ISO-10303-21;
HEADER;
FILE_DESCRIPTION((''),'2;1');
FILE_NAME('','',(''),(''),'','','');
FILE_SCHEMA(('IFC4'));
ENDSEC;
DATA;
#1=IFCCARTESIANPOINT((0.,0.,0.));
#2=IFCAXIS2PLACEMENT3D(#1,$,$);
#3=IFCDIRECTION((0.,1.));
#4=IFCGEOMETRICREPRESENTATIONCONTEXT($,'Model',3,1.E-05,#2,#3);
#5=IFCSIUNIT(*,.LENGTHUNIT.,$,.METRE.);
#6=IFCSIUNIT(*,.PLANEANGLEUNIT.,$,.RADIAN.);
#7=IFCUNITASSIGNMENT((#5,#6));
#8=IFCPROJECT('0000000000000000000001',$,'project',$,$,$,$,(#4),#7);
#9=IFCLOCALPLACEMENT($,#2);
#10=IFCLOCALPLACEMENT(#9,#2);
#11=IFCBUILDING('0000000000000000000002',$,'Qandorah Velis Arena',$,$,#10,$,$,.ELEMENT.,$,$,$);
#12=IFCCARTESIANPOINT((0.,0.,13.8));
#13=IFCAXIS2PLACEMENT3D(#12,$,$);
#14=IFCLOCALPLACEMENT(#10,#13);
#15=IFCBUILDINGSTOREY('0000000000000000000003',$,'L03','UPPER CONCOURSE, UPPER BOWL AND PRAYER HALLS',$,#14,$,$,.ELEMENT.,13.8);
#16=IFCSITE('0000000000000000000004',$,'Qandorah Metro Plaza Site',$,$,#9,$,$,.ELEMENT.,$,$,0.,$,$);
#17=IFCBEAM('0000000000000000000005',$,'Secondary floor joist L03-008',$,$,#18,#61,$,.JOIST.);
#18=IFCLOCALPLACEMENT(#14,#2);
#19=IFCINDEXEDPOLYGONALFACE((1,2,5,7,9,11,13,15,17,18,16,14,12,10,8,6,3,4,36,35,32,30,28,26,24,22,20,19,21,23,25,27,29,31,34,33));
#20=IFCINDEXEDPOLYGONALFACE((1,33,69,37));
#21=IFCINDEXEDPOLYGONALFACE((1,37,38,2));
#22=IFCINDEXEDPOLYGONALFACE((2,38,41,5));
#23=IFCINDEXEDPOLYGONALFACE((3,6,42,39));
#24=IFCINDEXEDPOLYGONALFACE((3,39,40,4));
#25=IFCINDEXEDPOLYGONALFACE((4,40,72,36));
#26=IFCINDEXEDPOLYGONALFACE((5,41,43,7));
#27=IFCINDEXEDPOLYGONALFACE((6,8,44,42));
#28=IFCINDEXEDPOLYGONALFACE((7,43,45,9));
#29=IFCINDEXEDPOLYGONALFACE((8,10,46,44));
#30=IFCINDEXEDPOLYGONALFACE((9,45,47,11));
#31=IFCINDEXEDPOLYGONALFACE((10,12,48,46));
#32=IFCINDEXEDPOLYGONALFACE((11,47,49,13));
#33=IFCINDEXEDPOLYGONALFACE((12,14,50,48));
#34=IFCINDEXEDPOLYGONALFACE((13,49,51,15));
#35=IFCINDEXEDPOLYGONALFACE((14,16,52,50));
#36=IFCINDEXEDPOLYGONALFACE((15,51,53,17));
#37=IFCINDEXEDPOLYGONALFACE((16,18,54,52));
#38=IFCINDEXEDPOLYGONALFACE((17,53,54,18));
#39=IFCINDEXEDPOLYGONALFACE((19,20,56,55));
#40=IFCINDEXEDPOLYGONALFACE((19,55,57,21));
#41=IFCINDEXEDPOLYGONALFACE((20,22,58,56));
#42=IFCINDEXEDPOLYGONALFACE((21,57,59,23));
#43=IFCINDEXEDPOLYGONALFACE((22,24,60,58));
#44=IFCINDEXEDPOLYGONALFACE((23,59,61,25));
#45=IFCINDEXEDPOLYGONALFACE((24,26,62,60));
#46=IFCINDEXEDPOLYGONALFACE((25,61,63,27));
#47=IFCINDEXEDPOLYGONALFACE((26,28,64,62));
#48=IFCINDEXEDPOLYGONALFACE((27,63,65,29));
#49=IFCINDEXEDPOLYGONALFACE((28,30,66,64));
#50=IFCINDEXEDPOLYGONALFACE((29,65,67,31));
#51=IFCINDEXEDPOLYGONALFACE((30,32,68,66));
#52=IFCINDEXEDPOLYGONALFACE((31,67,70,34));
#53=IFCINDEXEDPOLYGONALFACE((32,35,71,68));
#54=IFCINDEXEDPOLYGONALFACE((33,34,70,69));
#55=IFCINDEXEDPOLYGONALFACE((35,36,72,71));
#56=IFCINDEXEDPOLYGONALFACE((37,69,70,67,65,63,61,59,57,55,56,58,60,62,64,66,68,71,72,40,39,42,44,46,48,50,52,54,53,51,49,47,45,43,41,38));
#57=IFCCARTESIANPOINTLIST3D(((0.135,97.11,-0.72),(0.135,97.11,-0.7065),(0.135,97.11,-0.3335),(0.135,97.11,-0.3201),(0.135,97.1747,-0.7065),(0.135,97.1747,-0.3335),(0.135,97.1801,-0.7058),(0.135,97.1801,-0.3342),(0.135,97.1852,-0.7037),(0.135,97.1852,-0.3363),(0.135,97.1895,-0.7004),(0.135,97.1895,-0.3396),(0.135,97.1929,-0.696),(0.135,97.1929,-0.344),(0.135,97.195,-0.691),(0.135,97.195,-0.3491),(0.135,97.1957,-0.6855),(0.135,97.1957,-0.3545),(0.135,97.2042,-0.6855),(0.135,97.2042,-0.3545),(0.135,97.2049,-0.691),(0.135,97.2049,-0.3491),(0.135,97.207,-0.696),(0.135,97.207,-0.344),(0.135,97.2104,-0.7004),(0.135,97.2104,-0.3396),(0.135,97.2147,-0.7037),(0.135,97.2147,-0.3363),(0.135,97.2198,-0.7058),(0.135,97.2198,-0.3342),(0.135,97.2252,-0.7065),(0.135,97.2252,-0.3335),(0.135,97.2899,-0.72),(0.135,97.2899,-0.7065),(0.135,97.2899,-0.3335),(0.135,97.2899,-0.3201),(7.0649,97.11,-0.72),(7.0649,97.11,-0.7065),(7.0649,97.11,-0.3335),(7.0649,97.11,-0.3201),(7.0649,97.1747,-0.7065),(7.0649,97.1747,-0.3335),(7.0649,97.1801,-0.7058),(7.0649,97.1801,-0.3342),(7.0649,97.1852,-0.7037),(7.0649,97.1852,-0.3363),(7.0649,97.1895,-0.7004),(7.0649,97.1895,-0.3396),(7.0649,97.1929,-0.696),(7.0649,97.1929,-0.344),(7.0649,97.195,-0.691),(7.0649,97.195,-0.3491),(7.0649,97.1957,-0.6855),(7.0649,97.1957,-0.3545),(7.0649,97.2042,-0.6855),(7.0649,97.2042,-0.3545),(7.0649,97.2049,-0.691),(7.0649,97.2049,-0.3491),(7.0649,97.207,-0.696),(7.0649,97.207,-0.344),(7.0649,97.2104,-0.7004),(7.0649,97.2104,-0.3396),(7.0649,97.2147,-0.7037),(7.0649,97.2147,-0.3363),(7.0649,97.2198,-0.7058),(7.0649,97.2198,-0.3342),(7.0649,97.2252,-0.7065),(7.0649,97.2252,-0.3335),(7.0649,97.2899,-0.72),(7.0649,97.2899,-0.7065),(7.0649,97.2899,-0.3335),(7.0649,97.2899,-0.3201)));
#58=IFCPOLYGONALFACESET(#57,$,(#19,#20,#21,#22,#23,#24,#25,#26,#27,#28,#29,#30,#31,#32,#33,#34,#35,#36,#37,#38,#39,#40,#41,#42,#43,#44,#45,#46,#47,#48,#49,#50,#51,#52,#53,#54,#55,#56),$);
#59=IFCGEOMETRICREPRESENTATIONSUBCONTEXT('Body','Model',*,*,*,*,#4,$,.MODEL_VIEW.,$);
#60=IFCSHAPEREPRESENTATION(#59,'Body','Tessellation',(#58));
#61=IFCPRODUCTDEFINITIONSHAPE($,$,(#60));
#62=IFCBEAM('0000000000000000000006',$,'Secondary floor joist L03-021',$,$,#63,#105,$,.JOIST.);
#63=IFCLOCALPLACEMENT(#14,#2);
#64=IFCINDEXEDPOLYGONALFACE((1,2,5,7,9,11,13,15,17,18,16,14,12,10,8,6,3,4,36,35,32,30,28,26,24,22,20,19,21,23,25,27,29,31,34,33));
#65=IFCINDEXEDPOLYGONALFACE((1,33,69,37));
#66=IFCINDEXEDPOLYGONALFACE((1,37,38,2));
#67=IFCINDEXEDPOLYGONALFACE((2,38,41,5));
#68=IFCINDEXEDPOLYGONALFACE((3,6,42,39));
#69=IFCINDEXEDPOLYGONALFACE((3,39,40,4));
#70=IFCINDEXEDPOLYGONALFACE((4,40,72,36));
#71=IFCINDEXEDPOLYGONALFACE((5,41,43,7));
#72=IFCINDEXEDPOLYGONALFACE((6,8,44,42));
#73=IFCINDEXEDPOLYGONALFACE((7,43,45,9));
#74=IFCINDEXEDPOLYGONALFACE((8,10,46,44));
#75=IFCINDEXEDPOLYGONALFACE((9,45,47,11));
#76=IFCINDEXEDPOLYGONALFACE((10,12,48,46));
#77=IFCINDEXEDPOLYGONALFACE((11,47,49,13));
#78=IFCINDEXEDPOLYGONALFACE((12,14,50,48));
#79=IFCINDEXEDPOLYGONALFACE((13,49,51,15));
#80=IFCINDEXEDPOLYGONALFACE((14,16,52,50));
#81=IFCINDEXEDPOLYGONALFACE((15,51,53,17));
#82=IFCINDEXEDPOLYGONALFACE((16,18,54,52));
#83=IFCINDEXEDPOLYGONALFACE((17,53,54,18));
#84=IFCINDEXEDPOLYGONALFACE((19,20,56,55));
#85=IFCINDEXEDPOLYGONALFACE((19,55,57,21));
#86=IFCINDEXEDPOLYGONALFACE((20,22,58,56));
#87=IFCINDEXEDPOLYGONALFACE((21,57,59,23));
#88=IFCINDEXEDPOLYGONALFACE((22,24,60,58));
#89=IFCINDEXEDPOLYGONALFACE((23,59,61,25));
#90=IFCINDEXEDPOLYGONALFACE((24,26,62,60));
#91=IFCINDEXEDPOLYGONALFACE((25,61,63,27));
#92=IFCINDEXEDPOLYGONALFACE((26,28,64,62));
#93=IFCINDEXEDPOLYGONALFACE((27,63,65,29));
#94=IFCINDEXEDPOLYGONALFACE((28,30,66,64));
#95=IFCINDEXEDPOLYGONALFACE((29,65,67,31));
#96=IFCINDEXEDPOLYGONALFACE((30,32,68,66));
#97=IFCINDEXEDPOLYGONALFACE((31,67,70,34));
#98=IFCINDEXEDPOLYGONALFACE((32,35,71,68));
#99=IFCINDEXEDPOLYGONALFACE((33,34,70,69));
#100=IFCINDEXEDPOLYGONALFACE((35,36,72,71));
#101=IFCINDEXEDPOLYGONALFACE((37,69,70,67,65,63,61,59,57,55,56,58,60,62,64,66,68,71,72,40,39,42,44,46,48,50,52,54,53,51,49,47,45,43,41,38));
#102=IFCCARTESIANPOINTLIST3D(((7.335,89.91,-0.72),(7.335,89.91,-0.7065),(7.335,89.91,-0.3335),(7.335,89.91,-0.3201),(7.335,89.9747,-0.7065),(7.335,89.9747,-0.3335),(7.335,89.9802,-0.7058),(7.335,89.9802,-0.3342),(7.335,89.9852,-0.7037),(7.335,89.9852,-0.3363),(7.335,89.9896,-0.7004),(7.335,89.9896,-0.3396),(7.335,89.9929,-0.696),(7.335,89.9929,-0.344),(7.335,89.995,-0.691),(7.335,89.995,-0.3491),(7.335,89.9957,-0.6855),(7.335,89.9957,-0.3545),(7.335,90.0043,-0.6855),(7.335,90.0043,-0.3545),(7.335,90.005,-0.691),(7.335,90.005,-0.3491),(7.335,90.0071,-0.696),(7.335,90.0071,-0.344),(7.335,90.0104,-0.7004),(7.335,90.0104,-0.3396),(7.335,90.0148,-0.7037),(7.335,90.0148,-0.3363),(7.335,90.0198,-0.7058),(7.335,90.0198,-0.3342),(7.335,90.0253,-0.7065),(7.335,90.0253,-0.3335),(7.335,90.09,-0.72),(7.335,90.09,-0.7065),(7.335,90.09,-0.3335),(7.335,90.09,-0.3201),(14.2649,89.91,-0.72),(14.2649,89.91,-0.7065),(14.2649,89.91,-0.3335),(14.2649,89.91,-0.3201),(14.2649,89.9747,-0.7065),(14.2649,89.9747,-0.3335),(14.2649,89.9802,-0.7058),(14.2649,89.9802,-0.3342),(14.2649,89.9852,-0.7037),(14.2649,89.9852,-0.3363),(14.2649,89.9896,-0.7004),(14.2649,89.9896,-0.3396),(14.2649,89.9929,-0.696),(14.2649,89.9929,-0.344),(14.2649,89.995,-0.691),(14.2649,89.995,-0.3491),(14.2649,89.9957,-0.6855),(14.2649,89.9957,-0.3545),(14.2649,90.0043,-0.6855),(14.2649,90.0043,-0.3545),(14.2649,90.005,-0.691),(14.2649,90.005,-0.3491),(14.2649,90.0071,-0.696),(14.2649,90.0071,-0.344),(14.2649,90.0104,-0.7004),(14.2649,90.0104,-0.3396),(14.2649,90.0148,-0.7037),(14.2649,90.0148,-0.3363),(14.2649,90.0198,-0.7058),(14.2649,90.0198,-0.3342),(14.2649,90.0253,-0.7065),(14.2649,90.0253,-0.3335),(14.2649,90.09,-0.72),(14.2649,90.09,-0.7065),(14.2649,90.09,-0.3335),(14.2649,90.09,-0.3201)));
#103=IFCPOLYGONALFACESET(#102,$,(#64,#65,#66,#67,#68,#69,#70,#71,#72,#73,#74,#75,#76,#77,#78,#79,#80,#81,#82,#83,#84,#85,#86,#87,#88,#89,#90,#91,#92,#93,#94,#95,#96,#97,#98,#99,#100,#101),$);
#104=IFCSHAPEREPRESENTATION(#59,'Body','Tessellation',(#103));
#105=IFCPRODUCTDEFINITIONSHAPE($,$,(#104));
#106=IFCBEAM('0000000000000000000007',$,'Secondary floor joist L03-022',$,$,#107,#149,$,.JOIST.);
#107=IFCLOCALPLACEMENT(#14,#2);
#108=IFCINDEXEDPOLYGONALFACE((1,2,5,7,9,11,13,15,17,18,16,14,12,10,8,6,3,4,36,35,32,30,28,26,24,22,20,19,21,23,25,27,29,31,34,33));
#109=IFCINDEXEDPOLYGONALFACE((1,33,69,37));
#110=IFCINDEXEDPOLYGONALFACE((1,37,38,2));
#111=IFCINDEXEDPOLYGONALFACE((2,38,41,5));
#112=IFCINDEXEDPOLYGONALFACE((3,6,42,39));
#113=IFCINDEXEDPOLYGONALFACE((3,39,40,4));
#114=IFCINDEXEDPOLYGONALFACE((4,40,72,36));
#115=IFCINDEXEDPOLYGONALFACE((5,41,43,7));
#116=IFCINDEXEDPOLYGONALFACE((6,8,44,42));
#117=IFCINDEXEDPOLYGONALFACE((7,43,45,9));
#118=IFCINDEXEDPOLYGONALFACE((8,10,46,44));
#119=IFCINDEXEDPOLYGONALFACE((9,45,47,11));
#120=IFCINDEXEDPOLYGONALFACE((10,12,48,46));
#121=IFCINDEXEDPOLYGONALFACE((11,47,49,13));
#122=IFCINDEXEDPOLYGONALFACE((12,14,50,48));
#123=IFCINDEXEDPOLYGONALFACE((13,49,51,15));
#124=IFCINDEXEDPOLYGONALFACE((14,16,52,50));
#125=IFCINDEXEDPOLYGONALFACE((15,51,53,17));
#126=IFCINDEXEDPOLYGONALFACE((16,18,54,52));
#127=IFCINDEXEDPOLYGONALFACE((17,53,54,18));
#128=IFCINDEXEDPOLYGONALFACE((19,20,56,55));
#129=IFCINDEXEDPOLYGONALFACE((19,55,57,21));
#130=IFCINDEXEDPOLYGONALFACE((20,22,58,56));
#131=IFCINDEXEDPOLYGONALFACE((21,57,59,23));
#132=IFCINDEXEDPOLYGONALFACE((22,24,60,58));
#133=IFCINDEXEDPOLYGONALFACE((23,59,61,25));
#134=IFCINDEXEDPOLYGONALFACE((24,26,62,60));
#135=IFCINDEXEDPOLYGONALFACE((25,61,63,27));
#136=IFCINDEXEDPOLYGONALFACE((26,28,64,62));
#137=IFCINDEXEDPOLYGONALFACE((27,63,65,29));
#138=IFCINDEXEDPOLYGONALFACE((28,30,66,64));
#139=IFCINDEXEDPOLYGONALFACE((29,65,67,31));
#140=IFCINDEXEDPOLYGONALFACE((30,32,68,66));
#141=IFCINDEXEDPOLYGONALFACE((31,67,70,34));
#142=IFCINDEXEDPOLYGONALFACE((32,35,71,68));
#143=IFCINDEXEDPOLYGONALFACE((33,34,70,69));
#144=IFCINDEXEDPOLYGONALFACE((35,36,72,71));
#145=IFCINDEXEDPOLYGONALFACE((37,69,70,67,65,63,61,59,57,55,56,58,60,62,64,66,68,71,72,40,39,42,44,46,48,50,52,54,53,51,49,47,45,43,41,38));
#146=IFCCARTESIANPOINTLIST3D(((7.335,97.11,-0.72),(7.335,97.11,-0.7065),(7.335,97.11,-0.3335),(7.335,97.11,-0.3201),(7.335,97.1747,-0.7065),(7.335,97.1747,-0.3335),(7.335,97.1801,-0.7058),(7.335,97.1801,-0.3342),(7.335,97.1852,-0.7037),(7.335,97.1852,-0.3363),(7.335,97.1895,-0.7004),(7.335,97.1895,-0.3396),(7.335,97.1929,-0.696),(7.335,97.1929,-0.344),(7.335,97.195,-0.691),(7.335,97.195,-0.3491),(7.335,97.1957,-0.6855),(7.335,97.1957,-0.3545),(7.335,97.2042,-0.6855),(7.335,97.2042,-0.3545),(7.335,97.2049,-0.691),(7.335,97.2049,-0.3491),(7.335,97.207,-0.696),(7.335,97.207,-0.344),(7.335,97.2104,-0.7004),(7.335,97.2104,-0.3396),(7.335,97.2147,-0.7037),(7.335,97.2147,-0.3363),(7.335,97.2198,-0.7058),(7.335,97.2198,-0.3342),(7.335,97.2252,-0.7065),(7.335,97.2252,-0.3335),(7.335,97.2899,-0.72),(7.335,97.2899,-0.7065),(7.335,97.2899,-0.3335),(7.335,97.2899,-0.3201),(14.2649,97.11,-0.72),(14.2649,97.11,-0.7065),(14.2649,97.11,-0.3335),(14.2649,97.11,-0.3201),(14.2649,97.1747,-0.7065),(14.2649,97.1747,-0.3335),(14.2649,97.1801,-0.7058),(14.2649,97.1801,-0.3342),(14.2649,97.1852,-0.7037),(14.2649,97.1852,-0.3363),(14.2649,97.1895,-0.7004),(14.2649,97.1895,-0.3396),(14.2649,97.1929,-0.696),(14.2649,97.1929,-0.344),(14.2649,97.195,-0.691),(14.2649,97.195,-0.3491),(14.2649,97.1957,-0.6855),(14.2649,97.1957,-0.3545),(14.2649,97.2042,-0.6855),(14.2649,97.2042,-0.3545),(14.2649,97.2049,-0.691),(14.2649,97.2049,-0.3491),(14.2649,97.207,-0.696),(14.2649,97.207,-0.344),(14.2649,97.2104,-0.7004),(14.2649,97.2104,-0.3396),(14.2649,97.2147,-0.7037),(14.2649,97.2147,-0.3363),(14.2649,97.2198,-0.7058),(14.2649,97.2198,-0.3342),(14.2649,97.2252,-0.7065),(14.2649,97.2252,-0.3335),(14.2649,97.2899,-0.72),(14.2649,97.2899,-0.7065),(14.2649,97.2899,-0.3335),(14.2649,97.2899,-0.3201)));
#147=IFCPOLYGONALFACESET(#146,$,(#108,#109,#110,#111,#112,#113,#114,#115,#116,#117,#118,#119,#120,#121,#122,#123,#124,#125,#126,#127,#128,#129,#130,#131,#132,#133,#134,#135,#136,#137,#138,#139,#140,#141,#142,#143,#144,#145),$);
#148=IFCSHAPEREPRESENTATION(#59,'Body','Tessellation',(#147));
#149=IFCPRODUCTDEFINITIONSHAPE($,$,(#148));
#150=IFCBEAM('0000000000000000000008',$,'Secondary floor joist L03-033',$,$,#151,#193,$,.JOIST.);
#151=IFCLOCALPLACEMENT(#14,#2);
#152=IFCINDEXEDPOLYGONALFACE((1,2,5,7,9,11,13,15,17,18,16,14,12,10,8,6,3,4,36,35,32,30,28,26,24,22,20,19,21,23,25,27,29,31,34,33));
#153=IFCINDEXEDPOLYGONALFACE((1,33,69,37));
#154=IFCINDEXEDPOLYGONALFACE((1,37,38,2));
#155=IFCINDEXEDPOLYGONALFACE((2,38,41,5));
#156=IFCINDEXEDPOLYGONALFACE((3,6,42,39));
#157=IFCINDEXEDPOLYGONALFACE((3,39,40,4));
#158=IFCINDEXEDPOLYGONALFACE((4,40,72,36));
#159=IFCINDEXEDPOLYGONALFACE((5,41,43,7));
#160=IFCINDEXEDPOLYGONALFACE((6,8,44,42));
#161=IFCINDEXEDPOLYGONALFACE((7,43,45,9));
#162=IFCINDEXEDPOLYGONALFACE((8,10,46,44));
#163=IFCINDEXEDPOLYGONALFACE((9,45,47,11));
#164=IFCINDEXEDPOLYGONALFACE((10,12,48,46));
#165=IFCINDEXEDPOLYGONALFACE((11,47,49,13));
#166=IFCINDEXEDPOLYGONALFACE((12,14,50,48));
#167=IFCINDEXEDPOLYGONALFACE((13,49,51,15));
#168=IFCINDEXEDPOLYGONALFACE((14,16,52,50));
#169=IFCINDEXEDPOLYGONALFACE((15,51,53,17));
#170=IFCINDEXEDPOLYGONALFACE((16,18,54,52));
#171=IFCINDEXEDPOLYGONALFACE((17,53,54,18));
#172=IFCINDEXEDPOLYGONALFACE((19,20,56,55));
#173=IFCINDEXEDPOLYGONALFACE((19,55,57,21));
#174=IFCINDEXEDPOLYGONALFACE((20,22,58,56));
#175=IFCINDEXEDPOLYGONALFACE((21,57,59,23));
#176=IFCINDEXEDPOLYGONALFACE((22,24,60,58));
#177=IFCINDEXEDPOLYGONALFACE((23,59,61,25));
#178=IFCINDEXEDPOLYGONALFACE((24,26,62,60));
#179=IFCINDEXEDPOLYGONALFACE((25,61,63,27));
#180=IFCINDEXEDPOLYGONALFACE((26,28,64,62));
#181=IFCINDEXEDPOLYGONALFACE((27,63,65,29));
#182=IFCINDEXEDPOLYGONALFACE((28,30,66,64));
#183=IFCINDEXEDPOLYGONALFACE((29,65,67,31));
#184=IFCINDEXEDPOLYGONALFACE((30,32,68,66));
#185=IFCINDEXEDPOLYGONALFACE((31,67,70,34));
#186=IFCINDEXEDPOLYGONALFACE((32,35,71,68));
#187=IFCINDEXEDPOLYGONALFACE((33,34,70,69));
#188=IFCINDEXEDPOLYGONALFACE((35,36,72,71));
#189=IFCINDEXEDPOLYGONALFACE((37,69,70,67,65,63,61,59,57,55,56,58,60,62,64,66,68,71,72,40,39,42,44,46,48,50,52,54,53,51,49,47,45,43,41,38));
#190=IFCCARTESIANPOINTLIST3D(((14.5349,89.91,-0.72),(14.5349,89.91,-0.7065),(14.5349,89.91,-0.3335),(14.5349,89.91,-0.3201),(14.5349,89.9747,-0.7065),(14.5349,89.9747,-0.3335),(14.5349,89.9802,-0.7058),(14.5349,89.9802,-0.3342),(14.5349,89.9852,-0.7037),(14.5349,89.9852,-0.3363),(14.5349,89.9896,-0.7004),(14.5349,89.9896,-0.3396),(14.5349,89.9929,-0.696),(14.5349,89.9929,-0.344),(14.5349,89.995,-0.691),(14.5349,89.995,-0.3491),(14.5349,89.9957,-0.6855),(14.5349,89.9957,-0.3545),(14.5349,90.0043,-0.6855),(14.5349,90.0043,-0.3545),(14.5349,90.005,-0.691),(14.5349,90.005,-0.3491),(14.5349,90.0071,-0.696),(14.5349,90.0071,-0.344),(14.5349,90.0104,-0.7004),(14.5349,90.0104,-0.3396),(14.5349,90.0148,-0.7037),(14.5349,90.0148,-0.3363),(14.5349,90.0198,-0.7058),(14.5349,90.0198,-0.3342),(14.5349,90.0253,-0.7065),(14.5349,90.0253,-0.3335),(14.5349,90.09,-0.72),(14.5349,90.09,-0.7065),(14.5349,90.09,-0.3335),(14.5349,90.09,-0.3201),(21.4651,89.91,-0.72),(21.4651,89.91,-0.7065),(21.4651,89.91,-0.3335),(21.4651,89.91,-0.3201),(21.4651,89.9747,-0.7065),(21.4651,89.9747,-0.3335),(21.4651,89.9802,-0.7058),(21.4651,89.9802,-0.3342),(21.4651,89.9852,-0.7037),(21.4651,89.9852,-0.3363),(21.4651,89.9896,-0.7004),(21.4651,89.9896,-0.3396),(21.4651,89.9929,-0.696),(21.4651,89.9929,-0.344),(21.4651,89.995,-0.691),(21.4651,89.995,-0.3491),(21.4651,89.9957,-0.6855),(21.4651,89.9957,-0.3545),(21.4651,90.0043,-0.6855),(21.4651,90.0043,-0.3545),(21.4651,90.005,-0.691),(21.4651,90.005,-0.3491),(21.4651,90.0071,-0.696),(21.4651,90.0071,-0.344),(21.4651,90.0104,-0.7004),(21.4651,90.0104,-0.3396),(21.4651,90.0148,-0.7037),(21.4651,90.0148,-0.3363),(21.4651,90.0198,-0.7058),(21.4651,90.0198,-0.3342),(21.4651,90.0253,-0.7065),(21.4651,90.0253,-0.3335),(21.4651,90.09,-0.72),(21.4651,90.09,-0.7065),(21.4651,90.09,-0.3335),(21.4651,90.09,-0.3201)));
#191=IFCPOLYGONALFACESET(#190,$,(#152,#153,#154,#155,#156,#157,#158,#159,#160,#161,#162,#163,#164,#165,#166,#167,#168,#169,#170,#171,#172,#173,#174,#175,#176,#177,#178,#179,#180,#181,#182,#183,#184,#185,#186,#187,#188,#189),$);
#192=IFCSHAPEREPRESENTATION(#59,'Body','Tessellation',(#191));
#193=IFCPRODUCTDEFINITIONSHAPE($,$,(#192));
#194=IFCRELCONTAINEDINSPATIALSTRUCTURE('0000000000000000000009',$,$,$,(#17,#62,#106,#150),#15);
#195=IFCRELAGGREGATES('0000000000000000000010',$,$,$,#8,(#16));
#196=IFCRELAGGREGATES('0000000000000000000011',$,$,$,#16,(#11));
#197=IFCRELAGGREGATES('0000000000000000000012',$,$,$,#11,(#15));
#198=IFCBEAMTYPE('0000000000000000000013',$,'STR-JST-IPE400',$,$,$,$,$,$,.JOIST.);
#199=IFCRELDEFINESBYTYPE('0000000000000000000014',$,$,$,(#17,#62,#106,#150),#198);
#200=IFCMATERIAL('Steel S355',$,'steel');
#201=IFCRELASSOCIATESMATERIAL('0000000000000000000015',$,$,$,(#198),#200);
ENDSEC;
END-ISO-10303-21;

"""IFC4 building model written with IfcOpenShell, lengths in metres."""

from ifc_helpers import new_model, si_unit, direction, frame, origin, origin_2d, place, context, subcontext, project, spatial, i_section, extrude, material, material_profile, profile_set, type_object, element, save


model = new_model("IFC4")

# Units and contexts
model_context = context("Model", 3, precision=1e-05, world=origin(), true_north=direction((0.0, 1.0)))
body_context = subcontext(model_context, "Body", "Model", "MODEL_VIEW")
ifc_project = project(units=[si_unit("LENGTHUNIT", "METRE"), si_unit("PLANEANGLEUNIT", "RADIAN")], contexts=[model_context])

# Site, building, storey
site_placement = place(None, origin())
site = spatial("IfcSite", under=ifc_project, at=site_placement, Name="Qandorah Metro Plaza Site", CompositionType="ELEMENT", RefElevation=0.0)
building_placement = place(site_placement, origin())
building = spatial("IfcBuilding", under=site, at=building_placement, Name="Qandorah Velis Arena", CompositionType="ELEMENT")
storey_placement = place(building_placement, frame((0.0, 0.0, 13.8)))
storey = spatial("IfcBuildingStorey", under=building, at=storey_placement, Name="L03", Description="UPPER CONCOURSE, UPPER BOWL AND PRAYER HALLS", CompositionType="ELEMENT", Elevation=13.8)

# Beams
ifc_material_1 = material(Name="Steel S355", Category="steel")
ifc_material_profile_1 = material_profile(ifc_material_1, i_section(OverallWidth=0.1799, OverallDepth=0.3999, WebThickness=0.0085, FlangeThickness=0.0134, FilletRadius=0.021, at=origin_2d()), Name="IPE 400")
ifc_profile_set_1 = profile_set([ifc_material_profile_1], Name="Steel S355")
beam_type_1 = type_object("IfcBeamType", Name="STR-JST-IPE400", PredefinedType="JOIST", material=ifc_profile_set_1)
for number, where, z_axis, x_axis, name in (
    (1, (0.135, 97.2, -0.52), (1.0, 0.0, 0.0), (0.0, 1.0, 0.0), "Secondary floor joist L03-008"),
    (2, (7.335, 90.0, -0.52), (1.0, 0.0, 0.0), (0.0, 1.0, 0.0), "Secondary floor joist L03-021"),
    (3, (7.335, 97.2, -0.52), (1.0, 0.0, 0.0), (0.0, 1.0, 0.0), "Secondary floor joist L03-022"),
):
    element("IfcBeam", number, at=place(storey_placement, frame(where, z_axis=z_axis, x_axis=x_axis)), inside=storey, type_object=beam_type_1, Name=name, PredefinedType="JOIST", context=body_context, shape_type="SweptSolid", body=[
        extrude(i_section(OverallWidth=0.1799, OverallDepth=0.3999, WebThickness=0.0085, FlangeThickness=0.0134, FilletRadius=0.021, at=origin_2d()), origin(), (0.0, 0.0, 1.0), 6.9299),
    ])
for number, where, z_axis, x_axis, name in (
    (4, (14.5349, 90.0, -0.52), (1.0, 0.0, 0.0), (0.0, 1.0, 0.0), "Secondary floor joist L03-033"),
):
    element("IfcBeam", number, at=place(storey_placement, frame(where, z_axis=z_axis, x_axis=x_axis)), inside=storey, type_object=beam_type_1, Name=name, PredefinedType="JOIST", context=body_context, shape_type="SweptSolid", body=[
        extrude(i_section(OverallWidth=0.1799, OverallDepth=0.3999, WebThickness=0.0085, FlangeThickness=0.0134, FilletRadius=0.021, at=origin_2d()), origin(), (0.0, 0.0, 1.0), 6.9302),
    ])

save(model, "model.ifc")
